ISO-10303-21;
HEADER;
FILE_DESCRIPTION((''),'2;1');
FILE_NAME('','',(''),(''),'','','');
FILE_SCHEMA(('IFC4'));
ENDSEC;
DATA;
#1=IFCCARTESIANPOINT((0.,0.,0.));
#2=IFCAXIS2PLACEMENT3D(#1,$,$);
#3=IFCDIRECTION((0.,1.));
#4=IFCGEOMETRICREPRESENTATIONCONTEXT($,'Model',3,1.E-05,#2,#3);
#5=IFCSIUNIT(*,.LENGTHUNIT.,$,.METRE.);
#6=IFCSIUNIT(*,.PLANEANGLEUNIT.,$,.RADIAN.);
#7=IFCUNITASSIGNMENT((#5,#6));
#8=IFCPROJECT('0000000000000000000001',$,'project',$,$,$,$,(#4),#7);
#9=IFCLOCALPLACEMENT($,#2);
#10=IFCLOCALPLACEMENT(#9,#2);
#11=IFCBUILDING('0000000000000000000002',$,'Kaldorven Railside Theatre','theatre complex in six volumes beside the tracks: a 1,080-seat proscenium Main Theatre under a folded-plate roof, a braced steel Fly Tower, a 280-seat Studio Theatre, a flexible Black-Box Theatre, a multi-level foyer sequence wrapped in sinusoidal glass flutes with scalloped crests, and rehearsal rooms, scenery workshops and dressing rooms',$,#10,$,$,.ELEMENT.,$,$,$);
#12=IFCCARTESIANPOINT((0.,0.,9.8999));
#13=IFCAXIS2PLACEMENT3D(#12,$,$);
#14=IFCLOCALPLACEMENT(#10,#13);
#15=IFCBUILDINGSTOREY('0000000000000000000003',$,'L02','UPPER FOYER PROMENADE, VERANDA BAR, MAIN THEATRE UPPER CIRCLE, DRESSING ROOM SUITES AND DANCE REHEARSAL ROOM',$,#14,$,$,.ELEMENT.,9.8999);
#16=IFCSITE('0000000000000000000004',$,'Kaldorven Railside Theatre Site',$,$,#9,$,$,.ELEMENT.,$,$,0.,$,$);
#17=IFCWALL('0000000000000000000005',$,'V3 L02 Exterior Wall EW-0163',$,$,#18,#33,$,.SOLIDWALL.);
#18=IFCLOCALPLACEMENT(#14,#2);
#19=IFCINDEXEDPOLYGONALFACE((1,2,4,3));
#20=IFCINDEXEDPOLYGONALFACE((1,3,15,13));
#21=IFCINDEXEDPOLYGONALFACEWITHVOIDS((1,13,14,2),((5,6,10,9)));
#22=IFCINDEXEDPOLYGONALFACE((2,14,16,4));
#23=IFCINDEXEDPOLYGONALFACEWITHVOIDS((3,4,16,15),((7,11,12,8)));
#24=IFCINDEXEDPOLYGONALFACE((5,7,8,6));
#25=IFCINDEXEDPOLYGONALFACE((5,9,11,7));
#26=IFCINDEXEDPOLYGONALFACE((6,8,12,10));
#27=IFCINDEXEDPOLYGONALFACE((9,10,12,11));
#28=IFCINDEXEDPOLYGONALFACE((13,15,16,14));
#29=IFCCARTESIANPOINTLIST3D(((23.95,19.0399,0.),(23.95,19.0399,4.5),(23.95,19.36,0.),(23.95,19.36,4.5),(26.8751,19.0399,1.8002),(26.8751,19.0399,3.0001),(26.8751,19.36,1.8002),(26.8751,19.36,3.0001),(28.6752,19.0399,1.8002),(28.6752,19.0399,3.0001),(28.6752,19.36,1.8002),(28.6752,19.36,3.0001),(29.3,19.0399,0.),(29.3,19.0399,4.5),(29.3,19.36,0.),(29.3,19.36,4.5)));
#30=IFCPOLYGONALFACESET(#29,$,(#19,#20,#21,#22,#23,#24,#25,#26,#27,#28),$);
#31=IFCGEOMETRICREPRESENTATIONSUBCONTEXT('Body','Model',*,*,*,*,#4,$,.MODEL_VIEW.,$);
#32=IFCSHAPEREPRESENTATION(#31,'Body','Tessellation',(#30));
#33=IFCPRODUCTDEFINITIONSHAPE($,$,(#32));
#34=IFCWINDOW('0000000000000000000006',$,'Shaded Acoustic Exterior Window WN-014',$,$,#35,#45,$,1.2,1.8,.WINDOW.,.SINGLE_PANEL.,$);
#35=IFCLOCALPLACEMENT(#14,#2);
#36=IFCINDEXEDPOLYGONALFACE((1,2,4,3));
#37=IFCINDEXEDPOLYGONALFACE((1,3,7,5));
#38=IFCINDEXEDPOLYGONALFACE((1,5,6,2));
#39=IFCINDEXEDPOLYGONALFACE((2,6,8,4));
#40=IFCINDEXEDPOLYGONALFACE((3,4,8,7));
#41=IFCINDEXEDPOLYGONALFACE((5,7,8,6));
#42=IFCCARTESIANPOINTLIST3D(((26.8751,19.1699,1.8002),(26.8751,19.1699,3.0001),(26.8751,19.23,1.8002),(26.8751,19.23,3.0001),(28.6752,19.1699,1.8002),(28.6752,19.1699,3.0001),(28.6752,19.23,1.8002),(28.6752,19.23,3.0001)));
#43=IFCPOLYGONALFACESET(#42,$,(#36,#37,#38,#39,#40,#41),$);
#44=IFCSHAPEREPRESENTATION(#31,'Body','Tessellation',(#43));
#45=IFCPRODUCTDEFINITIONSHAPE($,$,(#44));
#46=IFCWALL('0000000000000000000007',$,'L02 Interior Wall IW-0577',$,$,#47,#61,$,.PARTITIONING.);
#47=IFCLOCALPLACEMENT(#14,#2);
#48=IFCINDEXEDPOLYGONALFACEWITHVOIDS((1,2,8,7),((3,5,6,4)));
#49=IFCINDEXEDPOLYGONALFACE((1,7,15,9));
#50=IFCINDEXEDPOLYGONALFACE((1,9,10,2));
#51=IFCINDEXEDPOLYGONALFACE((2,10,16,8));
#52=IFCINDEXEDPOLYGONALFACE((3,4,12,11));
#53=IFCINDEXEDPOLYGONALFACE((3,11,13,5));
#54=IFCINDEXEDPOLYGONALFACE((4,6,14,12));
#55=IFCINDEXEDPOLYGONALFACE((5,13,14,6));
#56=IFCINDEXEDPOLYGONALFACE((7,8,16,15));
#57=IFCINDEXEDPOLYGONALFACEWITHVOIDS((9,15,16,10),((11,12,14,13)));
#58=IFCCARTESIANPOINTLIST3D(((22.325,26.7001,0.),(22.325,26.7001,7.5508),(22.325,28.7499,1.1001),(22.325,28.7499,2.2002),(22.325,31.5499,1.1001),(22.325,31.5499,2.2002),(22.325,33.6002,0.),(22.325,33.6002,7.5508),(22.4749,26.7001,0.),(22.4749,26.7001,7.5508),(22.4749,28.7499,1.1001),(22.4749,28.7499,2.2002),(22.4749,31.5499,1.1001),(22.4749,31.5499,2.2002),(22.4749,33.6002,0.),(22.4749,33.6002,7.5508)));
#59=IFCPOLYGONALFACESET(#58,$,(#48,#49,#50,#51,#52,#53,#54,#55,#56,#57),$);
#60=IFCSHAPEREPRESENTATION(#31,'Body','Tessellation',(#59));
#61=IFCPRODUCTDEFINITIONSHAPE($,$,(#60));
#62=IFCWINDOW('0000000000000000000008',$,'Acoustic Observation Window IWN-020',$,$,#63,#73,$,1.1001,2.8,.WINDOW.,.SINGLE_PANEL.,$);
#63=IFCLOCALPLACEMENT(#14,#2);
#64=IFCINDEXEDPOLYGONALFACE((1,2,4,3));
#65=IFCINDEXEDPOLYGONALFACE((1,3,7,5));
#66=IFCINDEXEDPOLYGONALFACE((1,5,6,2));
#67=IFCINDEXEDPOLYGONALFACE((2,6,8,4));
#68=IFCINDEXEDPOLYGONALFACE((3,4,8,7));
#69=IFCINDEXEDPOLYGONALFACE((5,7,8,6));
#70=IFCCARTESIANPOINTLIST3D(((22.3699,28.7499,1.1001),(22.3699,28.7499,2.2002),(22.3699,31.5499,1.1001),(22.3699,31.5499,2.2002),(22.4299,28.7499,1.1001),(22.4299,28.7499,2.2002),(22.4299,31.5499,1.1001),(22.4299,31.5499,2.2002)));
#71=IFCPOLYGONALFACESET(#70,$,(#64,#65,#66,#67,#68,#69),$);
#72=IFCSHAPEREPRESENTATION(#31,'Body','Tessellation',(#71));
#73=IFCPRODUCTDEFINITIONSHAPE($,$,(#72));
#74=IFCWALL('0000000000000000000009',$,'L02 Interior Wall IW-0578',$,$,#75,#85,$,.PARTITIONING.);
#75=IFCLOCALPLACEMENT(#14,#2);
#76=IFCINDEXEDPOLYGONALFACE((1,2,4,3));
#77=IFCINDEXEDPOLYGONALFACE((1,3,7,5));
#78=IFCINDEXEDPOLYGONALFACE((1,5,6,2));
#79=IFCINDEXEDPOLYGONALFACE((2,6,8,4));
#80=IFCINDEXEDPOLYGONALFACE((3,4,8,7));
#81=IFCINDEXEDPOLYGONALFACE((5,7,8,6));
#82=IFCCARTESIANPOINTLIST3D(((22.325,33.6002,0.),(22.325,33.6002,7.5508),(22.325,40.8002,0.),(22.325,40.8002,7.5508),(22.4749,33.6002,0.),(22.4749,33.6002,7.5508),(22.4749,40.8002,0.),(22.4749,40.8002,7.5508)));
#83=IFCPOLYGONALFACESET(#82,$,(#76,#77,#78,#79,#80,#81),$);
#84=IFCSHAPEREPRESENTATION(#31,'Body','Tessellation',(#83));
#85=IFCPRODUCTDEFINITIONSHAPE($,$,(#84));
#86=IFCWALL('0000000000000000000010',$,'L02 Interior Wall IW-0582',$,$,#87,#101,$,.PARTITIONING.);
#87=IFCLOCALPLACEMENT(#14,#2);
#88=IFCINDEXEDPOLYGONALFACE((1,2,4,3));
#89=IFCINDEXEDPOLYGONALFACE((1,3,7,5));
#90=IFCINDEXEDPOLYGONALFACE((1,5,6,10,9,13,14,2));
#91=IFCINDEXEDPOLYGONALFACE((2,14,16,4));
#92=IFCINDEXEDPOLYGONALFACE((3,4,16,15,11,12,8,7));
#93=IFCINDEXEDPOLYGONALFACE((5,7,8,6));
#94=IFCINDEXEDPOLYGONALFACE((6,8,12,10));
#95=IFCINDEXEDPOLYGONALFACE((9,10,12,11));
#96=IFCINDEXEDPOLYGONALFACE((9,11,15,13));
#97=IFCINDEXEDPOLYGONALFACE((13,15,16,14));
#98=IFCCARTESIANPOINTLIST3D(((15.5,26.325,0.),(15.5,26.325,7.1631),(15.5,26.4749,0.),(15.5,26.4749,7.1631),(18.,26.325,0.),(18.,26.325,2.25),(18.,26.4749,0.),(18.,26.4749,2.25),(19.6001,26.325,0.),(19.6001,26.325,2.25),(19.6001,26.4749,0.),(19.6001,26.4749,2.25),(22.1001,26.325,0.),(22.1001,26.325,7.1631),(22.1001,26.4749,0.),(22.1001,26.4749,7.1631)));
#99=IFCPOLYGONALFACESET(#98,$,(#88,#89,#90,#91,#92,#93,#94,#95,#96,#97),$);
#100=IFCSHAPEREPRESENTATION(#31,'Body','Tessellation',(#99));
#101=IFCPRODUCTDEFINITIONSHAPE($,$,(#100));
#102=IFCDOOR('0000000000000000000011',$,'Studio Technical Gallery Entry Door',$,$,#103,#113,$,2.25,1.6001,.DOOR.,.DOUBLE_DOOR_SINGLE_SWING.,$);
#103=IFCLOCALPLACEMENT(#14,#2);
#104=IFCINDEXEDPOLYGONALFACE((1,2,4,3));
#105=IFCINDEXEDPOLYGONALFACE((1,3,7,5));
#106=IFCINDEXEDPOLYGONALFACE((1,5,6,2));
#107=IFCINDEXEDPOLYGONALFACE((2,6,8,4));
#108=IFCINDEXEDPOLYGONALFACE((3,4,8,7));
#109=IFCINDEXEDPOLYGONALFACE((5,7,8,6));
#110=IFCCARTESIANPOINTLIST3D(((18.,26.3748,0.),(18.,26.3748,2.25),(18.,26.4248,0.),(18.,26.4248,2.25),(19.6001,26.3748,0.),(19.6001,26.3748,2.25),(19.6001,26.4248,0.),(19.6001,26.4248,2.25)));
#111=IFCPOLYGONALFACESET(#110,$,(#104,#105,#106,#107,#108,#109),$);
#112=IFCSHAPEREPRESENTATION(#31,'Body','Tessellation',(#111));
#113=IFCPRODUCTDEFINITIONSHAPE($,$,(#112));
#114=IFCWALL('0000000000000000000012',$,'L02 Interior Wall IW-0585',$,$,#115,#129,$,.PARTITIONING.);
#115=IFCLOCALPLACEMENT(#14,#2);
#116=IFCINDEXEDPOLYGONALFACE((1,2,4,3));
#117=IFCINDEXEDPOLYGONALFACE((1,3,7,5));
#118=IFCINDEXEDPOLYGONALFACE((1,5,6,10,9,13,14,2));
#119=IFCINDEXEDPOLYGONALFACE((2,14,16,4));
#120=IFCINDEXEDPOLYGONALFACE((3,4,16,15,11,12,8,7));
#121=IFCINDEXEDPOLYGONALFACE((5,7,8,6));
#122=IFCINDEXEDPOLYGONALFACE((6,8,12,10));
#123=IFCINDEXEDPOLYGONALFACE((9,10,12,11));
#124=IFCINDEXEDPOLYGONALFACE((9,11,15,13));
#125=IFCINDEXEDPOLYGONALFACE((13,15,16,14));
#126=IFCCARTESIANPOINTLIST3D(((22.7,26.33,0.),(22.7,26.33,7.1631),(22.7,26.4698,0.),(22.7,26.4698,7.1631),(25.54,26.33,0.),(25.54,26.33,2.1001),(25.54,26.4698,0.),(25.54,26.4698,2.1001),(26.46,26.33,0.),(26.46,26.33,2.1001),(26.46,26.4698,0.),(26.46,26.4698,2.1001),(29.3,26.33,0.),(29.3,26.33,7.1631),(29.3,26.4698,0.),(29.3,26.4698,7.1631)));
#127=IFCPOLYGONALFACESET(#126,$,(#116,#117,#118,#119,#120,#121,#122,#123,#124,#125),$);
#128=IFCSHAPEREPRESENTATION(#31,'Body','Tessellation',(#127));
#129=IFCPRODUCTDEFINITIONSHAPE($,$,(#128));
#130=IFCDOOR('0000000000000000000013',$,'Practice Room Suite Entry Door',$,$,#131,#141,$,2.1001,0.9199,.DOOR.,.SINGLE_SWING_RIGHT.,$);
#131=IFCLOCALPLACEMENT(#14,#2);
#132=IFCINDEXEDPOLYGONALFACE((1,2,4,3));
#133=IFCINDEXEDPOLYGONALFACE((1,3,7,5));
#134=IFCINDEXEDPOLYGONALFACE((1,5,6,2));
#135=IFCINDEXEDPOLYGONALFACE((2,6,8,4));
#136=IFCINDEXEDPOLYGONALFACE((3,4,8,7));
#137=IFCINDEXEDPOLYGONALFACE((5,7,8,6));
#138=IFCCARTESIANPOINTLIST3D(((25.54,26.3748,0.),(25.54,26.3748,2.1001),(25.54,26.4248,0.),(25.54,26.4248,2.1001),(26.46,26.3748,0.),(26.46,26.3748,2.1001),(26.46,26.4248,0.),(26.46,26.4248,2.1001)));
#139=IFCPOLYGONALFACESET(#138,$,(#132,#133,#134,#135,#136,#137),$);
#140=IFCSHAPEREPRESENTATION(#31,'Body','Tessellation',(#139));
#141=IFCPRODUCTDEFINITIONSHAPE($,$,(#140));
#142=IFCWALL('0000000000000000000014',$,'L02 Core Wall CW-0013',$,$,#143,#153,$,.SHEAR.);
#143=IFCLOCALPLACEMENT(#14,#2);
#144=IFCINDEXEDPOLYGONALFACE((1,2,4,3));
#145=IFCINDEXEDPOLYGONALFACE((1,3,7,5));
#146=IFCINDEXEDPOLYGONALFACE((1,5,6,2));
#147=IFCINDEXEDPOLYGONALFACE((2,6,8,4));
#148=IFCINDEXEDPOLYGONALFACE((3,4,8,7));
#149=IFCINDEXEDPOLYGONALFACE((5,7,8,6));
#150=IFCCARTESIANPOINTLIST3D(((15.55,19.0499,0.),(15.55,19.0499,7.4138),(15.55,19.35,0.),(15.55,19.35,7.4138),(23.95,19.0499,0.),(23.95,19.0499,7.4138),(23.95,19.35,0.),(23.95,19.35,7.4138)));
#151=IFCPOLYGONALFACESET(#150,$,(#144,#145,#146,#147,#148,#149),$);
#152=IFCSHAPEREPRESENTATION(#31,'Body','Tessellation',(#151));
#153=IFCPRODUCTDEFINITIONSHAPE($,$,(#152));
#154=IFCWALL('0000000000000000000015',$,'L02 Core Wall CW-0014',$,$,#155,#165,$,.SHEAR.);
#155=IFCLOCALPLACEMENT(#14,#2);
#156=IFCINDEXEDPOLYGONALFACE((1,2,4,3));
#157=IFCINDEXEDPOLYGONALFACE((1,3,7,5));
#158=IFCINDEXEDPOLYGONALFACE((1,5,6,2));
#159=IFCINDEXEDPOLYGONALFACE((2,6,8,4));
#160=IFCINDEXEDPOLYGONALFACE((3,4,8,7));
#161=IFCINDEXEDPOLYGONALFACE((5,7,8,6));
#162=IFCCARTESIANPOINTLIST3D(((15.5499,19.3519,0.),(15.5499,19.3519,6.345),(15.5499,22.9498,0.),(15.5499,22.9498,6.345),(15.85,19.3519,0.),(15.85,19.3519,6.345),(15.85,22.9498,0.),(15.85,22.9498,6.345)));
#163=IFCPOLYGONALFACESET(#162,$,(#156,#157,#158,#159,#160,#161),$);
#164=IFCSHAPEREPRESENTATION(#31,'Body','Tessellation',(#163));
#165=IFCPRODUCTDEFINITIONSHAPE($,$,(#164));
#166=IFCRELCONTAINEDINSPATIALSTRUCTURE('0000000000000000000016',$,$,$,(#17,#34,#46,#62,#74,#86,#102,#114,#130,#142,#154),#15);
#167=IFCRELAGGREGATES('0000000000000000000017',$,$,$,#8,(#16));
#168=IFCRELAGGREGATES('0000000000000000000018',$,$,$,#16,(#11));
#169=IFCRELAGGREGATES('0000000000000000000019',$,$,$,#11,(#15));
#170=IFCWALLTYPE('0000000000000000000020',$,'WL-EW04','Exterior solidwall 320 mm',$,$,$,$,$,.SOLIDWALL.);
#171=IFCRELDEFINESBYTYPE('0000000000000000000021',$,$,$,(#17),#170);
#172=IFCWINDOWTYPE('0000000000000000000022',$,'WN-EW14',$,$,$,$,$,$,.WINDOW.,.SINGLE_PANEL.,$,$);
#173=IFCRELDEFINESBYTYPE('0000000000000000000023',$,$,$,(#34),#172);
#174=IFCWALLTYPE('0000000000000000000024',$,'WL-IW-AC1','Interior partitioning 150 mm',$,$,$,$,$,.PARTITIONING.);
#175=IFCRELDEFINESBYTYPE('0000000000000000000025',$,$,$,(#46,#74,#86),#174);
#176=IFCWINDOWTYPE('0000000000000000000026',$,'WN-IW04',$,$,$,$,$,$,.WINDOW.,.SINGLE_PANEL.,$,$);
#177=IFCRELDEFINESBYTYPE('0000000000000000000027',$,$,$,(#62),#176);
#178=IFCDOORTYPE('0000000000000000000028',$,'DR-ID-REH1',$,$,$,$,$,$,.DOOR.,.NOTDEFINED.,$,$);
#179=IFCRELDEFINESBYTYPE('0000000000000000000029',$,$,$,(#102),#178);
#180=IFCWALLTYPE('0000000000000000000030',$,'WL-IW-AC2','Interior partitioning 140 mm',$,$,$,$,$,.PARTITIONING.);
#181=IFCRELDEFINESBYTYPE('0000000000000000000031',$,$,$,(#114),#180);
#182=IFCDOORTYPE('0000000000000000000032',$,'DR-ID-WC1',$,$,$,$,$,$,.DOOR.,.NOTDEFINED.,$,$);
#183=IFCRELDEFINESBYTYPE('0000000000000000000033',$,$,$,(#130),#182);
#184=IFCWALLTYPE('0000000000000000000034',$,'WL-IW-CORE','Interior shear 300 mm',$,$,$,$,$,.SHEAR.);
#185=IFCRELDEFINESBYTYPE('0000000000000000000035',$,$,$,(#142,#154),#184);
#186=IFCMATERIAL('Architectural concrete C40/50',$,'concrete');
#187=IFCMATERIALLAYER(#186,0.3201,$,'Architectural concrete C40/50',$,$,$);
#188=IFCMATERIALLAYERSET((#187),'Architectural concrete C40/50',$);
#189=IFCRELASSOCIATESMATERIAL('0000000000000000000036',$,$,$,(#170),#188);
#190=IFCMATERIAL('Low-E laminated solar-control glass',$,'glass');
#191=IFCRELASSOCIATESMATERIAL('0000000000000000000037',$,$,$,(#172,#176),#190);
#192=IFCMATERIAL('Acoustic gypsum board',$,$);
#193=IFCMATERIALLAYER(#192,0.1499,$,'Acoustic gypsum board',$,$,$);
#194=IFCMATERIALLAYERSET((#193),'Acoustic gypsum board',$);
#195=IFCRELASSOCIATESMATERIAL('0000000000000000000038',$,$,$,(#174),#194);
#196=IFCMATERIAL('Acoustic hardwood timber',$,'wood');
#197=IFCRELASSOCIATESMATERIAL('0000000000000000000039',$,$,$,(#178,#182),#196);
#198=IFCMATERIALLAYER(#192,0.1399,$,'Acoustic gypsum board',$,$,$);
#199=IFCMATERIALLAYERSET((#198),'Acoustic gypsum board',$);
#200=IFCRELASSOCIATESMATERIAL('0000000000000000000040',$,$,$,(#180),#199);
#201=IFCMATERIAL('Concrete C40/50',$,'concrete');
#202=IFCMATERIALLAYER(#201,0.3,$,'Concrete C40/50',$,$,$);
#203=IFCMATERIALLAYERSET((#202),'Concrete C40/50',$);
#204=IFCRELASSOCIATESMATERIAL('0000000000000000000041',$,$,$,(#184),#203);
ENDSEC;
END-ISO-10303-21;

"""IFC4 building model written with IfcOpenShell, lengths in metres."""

from ifc_helpers import new_model, si_unit, direction, frame, frame_2d, origin, place, context, subcontext, project, spatial, rectangle, extrude, material, layer, layer_set, type_object, element, fill, save


model = new_model("IFC4")

# Units and contexts
model_context = context("Model", 3, precision=1e-05, world=origin(), true_north=direction((0.0, 1.0)))
body_context = subcontext(model_context, "Body", "Model", "MODEL_VIEW")
ifc_project = project(units=[si_unit("LENGTHUNIT", "METRE"), si_unit("PLANEANGLEUNIT", "RADIAN")], contexts=[model_context])

# Site, building, storey
site_placement = place(None, origin())
site = spatial("IfcSite", under=ifc_project, at=site_placement, Name="Kaldorven Railside Theatre Site", CompositionType="ELEMENT", RefElevation=0.0)
building_placement = place(site_placement, origin())
building = spatial("IfcBuilding", under=site, at=building_placement, Name="Kaldorven Railside Theatre", Description="theatre complex in six volumes beside the tracks: a 1,080-seat proscenium Main Theatre under a folded-plate roof, a braced steel Fly Tower, a 280-seat Studio Theatre, a flexible Black-Box Theatre, a multi-level foyer sequence wrapped in sinusoidal glass flutes with scalloped crests, and rehearsal rooms, scenery workshops and dressing rooms", CompositionType="ELEMENT")
storey_placement = place(building_placement, frame((0.0, 0.0, 9.8999)))
storey = spatial("IfcBuildingStorey", under=building, at=storey_placement, Name="L02", Description="UPPER FOYER PROMENADE, VERANDA BAR, MAIN THEATRE UPPER CIRCLE, DRESSING ROOM SUITES AND DANCE REHEARSAL ROOM", CompositionType="ELEMENT", Elevation=9.8999)

# Shared definitions
ifc_material_1 = material(Name="Concrete C40/50", Category="concrete")

# Walls, openings, windows
ifc_material_2 = material(Name="Architectural concrete C40/50", Category="concrete")
ifc_layer_1 = layer(ifc_material_2, 0.3201, Name="Architectural concrete C40/50")
ifc_layer_set_1 = layer_set([ifc_layer_1], Name="Architectural concrete C40/50")
wall_type_1 = type_object("IfcWallType", Name="WL-EW04", Description="Exterior solidwall 320 mm", PredefinedType="SOLIDWALL", material=ifc_layer_set_1)
wall_1_placement = place(storey_placement, frame((29.3, 19.2, 0.0), z_axis=(0.0, 0.0, 1.0), x_axis=(-1.0, 0.0, 0.0)))
wall_1 = element("IfcWall", 1, at=wall_1_placement, inside=storey, type_object=wall_type_1, Name="V3 L02 Exterior Wall EW-0163", PredefinedType="SOLIDWALL", context=body_context, shape_type="SweptSolid", body=[
    extrude(rectangle(XDim=5.3501, YDim=0.3201, at=frame_2d((2.675, 0.0))), origin(), (0.0, 0.0, 1.0), 4.5),
])
opening_1_placement = place(wall_1_placement, frame((0.625, 0.0, 1.8)))
opening_1 = element("IfcOpeningElement", 2, at=opening_1_placement, cuts=wall_1, PredefinedType="OPENING", context=body_context, shape_type="SweptSolid", body=[
    extrude(rectangle(XDim=1.8, YDim=1.2, at=frame_2d((0.8999, 0.6001))), frame((0.0, 0.1699, 0.0), z_axis=(0.0, -1.0, 0.0), x_axis=(1.0, 0.0, 0.0)), (0.0, 0.0, 1.0), 0.3401),
])
ifc_material_3 = material(Name="Low-E laminated solar-control glass", Category="glass")
window_type_1 = type_object("IfcWindowType", Name="WN-EW14", PartitioningType="SINGLE_PANEL", PredefinedType="WINDOW", material=ifc_material_3)
window_1_placement = place(opening_1_placement, origin())
window_1 = element("IfcWindow", 3, at=window_1_placement, inside=storey, type_object=window_type_1, Name="Shaded Acoustic Exterior Window WN-014", OverallHeight=1.2, OverallWidth=1.8, PartitioningType="SINGLE_PANEL", PredefinedType="WINDOW", context=body_context, shape_type="SweptSolid", body=[
    extrude(rectangle(XDim=1.8, YDim=1.2, at=frame_2d((0.8999, 0.6001))), frame((0.0, 0.03, 0.0), z_axis=(0.0, -1.0, 0.0), x_axis=(1.0, 0.0, 0.0)), (0.0, 0.0, 1.0), 0.0601),
])
fill(opening_1, window_1)
ifc_material_4 = material(Name="Acoustic gypsum board")
ifc_layer_2 = layer(ifc_material_4, 0.1499, Name="Acoustic gypsum board")
ifc_layer_set_2 = layer_set([ifc_layer_2], Name="Acoustic gypsum board")
wall_type_2 = type_object("IfcWallType", Name="WL-IW-AC1", Description="Interior partitioning 150 mm", PredefinedType="PARTITIONING", material=ifc_layer_set_2)
wall_2_placement = place(storey_placement, frame((22.3999, 26.7, 0.0), z_axis=(0.0, 0.0, 1.0), x_axis=(0.0, 1.0, 0.0)))
wall_2 = element("IfcWall", 4, at=wall_2_placement, inside=storey, type_object=wall_type_2, Name="L02 Interior Wall IW-0577", PredefinedType="PARTITIONING", context=body_context, shape_type="SweptSolid", body=[
    extrude(rectangle(XDim=6.9001, YDim=0.1499, at=frame_2d((3.4502, 0.0))), origin(), (0.0, 0.0, 1.0), 7.5508),
])
opening_2_placement = place(wall_2_placement, frame((2.05, 0.0, 1.1001)))
opening_2 = element("IfcOpeningElement", 5, at=opening_2_placement, cuts=wall_2, PredefinedType="OPENING", context=body_context, shape_type="SweptSolid", body=[
    extrude(rectangle(XDim=2.8, YDim=1.1001, at=frame_2d((1.3999, 0.55))), frame((0.0, 0.085, 0.0), z_axis=(0.0, -1.0, 0.0), x_axis=(1.0, 0.0, 0.0)), (0.0, 0.0, 1.0), 0.1699),
])
window_type_2 = type_object("IfcWindowType", Name="WN-IW04", PartitioningType="SINGLE_PANEL", PredefinedType="WINDOW", material=ifc_material_3)
window_2_placement = place(opening_2_placement, origin())
window_2 = element("IfcWindow", 6, at=window_2_placement, inside=storey, type_object=window_type_2, Name="Acoustic Observation Window IWN-020", OverallHeight=1.1001, OverallWidth=2.8, PartitioningType="SINGLE_PANEL", PredefinedType="WINDOW", context=body_context, shape_type="SweptSolid", body=[
    extrude(rectangle(XDim=2.8, YDim=1.1001, at=frame_2d((1.3999, 0.55))), frame((0.0, 0.03, 0.0), z_axis=(0.0, -1.0, 0.0), x_axis=(1.0, 0.0, 0.0)), (0.0, 0.0, 1.0), 0.0601),
])
fill(opening_2, window_2)

# Wall
wall_3_placement = place(storey_placement, frame((22.3999, 33.6001, 0.0), z_axis=(0.0, 0.0, 1.0), x_axis=(0.0, 1.0, 0.0)))
element("IfcWall", 7, at=wall_3_placement, inside=storey, type_object=wall_type_2, Name="L02 Interior Wall IW-0578", PredefinedType="PARTITIONING", context=body_context, shape_type="SweptSolid", body=[
    extrude(rectangle(XDim=7.2, YDim=0.1499, at=frame_2d((3.6001, 0.0))), origin(), (0.0, 0.0, 1.0), 7.5508),
])

# Walls, openings, doors
wall_4_placement = place(storey_placement, frame((15.5, 26.3999, 0.0), z_axis=(0.0, 0.0, 1.0), x_axis=(1.0, 0.0, 0.0)))
wall_4 = element("IfcWall", 8, at=wall_4_placement, inside=storey, type_object=wall_type_2, Name="L02 Interior Wall IW-0582", PredefinedType="PARTITIONING", context=body_context, shape_type="SweptSolid", body=[
    extrude(rectangle(XDim=6.6001, YDim=0.1499, at=frame_2d((3.3, 0.0))), origin(), (0.0, 0.0, 1.0), 7.1631),
])
opening_3_placement = place(wall_4_placement, frame((2.5, 0.0, 0.0)))
opening_3 = element("IfcOpeningElement", 9, at=opening_3_placement, cuts=wall_4, PredefinedType="OPENING", context=body_context, shape_type="SweptSolid", body=[
    extrude(rectangle(XDim=1.6001, YDim=2.25, at=frame_2d((0.8, 1.125))), frame((0.0, 0.085, 0.0), z_axis=(0.0, -1.0, 0.0), x_axis=(1.0, 0.0, 0.0)), (0.0, 0.0, 1.0), 0.1699),
])
ifc_material_5 = material(Name="Acoustic hardwood timber", Category="wood")
door_type_1 = type_object("IfcDoorType", Name="DR-ID-REH1", OperationType="NOTDEFINED", PredefinedType="DOOR", material=ifc_material_5)
door_1_placement = place(opening_3_placement, origin())
door_1 = element("IfcDoor", 10, at=door_1_placement, inside=storey, type_object=door_type_1, Name="Studio Technical Gallery Entry Door", OperationType="DOUBLE_DOOR_SINGLE_SWING", OverallHeight=2.25, OverallWidth=1.6001, PredefinedType="DOOR", context=body_context, shape_type="SweptSolid", body=[
    extrude(rectangle(XDim=1.6001, YDim=2.25, at=frame_2d((0.8, 1.125))), frame((0.0, 0.0249, 0.0), z_axis=(0.0, -1.0, 0.0), x_axis=(1.0, 0.0, 0.0)), (0.0, 0.0, 1.0), 0.05),
])
fill(opening_3, door_1)
ifc_layer_3 = layer(ifc_material_4, 0.1399, Name="Acoustic gypsum board")
ifc_layer_set_3 = layer_set([ifc_layer_3], Name="Acoustic gypsum board")
wall_type_3 = type_object("IfcWallType", Name="WL-IW-AC2", Description="Interior partitioning 140 mm", PredefinedType="PARTITIONING", material=ifc_layer_set_3)
wall_5_placement = place(storey_placement, frame((22.7, 26.3999, 0.0), z_axis=(0.0, 0.0, 1.0), x_axis=(1.0, 0.0, 0.0)))
wall_5 = element("IfcWall", 11, at=wall_5_placement, inside=storey, type_object=wall_type_3, Name="L02 Interior Wall IW-0585", PredefinedType="PARTITIONING", context=body_context, shape_type="SweptSolid", body=[
    extrude(rectangle(XDim=6.6001, YDim=0.1399, at=frame_2d((3.3, 0.0))), origin(), (0.0, 0.0, 1.0), 7.1631),
])
opening_4_placement = place(wall_5_placement, frame((2.8401, 0.0, 0.0)))
opening_4 = element("IfcOpeningElement", 12, at=opening_4_placement, cuts=wall_5, PredefinedType="OPENING", context=body_context, shape_type="SweptSolid", body=[
    extrude(rectangle(XDim=0.9199, YDim=2.1001, at=frame_2d((0.46, 1.05))), frame((0.0, 0.0801, 0.0), z_axis=(0.0, -1.0, 0.0), x_axis=(1.0, 0.0, 0.0)), (0.0, 0.0, 1.0), 0.1599),
])
door_type_2 = type_object("IfcDoorType", Name="DR-ID-WC1", OperationType="NOTDEFINED", PredefinedType="DOOR", material=ifc_material_5)
door_2_placement = place(opening_4_placement, origin())
door_2 = element("IfcDoor", 13, at=door_2_placement, inside=storey, type_object=door_type_2, Name="Practice Room Suite Entry Door", OperationType="SINGLE_SWING_RIGHT", OverallHeight=2.1001, OverallWidth=0.9199, PredefinedType="DOOR", context=body_context, shape_type="SweptSolid", body=[
    extrude(rectangle(XDim=0.9199, YDim=2.1001, at=frame_2d((0.46, 1.05))), frame((0.0, 0.0249, 0.0), z_axis=(0.0, -1.0, 0.0), x_axis=(1.0, 0.0, 0.0)), (0.0, 0.0, 1.0), 0.05),
])
fill(opening_4, door_2)

# Walls
ifc_layer_4 = layer(ifc_material_1, 0.3, Name="Concrete C40/50")
ifc_layer_set_4 = layer_set([ifc_layer_4], Name="Concrete C40/50")
wall_type_4 = type_object("IfcWallType", Name="WL-IW-CORE", Description="Interior shear 300 mm", PredefinedType="SHEAR", material=ifc_layer_set_4)
wall_6_placement = place(storey_placement, frame((23.95, 19.2, 0.0), z_axis=(0.0, 0.0, 1.0), x_axis=(-1.0, 0.0, 0.0)))
element("IfcWall", 14, at=wall_6_placement, inside=storey, type_object=wall_type_4, Name="L02 Core Wall CW-0013", PredefinedType="SHEAR", context=body_context, shape_type="SweptSolid", body=[
    extrude(rectangle(XDim=8.3999, YDim=0.3, at=frame_2d((4.2, 0.0))), origin(), (0.0, 0.0, 1.0), 7.4138),
])
wall_7_placement = place(storey_placement, frame((15.7, 19.3521, 0.0), z_axis=(0.0, 0.0, 1.0), x_axis=(0.0, 1.0, 0.0)))
element("IfcWall", 15, at=wall_7_placement, inside=storey, type_object=wall_type_4, Name="L02 Core Wall CW-0014", PredefinedType="SHEAR", context=body_context, shape_type="SweptSolid", body=[
    extrude(rectangle(XDim=3.5979, YDim=0.3, at=frame_2d((1.7988, 0.0))), origin(), (0.0, 0.0, 1.0), 6.345),
])

save(model, "model.ifc")
